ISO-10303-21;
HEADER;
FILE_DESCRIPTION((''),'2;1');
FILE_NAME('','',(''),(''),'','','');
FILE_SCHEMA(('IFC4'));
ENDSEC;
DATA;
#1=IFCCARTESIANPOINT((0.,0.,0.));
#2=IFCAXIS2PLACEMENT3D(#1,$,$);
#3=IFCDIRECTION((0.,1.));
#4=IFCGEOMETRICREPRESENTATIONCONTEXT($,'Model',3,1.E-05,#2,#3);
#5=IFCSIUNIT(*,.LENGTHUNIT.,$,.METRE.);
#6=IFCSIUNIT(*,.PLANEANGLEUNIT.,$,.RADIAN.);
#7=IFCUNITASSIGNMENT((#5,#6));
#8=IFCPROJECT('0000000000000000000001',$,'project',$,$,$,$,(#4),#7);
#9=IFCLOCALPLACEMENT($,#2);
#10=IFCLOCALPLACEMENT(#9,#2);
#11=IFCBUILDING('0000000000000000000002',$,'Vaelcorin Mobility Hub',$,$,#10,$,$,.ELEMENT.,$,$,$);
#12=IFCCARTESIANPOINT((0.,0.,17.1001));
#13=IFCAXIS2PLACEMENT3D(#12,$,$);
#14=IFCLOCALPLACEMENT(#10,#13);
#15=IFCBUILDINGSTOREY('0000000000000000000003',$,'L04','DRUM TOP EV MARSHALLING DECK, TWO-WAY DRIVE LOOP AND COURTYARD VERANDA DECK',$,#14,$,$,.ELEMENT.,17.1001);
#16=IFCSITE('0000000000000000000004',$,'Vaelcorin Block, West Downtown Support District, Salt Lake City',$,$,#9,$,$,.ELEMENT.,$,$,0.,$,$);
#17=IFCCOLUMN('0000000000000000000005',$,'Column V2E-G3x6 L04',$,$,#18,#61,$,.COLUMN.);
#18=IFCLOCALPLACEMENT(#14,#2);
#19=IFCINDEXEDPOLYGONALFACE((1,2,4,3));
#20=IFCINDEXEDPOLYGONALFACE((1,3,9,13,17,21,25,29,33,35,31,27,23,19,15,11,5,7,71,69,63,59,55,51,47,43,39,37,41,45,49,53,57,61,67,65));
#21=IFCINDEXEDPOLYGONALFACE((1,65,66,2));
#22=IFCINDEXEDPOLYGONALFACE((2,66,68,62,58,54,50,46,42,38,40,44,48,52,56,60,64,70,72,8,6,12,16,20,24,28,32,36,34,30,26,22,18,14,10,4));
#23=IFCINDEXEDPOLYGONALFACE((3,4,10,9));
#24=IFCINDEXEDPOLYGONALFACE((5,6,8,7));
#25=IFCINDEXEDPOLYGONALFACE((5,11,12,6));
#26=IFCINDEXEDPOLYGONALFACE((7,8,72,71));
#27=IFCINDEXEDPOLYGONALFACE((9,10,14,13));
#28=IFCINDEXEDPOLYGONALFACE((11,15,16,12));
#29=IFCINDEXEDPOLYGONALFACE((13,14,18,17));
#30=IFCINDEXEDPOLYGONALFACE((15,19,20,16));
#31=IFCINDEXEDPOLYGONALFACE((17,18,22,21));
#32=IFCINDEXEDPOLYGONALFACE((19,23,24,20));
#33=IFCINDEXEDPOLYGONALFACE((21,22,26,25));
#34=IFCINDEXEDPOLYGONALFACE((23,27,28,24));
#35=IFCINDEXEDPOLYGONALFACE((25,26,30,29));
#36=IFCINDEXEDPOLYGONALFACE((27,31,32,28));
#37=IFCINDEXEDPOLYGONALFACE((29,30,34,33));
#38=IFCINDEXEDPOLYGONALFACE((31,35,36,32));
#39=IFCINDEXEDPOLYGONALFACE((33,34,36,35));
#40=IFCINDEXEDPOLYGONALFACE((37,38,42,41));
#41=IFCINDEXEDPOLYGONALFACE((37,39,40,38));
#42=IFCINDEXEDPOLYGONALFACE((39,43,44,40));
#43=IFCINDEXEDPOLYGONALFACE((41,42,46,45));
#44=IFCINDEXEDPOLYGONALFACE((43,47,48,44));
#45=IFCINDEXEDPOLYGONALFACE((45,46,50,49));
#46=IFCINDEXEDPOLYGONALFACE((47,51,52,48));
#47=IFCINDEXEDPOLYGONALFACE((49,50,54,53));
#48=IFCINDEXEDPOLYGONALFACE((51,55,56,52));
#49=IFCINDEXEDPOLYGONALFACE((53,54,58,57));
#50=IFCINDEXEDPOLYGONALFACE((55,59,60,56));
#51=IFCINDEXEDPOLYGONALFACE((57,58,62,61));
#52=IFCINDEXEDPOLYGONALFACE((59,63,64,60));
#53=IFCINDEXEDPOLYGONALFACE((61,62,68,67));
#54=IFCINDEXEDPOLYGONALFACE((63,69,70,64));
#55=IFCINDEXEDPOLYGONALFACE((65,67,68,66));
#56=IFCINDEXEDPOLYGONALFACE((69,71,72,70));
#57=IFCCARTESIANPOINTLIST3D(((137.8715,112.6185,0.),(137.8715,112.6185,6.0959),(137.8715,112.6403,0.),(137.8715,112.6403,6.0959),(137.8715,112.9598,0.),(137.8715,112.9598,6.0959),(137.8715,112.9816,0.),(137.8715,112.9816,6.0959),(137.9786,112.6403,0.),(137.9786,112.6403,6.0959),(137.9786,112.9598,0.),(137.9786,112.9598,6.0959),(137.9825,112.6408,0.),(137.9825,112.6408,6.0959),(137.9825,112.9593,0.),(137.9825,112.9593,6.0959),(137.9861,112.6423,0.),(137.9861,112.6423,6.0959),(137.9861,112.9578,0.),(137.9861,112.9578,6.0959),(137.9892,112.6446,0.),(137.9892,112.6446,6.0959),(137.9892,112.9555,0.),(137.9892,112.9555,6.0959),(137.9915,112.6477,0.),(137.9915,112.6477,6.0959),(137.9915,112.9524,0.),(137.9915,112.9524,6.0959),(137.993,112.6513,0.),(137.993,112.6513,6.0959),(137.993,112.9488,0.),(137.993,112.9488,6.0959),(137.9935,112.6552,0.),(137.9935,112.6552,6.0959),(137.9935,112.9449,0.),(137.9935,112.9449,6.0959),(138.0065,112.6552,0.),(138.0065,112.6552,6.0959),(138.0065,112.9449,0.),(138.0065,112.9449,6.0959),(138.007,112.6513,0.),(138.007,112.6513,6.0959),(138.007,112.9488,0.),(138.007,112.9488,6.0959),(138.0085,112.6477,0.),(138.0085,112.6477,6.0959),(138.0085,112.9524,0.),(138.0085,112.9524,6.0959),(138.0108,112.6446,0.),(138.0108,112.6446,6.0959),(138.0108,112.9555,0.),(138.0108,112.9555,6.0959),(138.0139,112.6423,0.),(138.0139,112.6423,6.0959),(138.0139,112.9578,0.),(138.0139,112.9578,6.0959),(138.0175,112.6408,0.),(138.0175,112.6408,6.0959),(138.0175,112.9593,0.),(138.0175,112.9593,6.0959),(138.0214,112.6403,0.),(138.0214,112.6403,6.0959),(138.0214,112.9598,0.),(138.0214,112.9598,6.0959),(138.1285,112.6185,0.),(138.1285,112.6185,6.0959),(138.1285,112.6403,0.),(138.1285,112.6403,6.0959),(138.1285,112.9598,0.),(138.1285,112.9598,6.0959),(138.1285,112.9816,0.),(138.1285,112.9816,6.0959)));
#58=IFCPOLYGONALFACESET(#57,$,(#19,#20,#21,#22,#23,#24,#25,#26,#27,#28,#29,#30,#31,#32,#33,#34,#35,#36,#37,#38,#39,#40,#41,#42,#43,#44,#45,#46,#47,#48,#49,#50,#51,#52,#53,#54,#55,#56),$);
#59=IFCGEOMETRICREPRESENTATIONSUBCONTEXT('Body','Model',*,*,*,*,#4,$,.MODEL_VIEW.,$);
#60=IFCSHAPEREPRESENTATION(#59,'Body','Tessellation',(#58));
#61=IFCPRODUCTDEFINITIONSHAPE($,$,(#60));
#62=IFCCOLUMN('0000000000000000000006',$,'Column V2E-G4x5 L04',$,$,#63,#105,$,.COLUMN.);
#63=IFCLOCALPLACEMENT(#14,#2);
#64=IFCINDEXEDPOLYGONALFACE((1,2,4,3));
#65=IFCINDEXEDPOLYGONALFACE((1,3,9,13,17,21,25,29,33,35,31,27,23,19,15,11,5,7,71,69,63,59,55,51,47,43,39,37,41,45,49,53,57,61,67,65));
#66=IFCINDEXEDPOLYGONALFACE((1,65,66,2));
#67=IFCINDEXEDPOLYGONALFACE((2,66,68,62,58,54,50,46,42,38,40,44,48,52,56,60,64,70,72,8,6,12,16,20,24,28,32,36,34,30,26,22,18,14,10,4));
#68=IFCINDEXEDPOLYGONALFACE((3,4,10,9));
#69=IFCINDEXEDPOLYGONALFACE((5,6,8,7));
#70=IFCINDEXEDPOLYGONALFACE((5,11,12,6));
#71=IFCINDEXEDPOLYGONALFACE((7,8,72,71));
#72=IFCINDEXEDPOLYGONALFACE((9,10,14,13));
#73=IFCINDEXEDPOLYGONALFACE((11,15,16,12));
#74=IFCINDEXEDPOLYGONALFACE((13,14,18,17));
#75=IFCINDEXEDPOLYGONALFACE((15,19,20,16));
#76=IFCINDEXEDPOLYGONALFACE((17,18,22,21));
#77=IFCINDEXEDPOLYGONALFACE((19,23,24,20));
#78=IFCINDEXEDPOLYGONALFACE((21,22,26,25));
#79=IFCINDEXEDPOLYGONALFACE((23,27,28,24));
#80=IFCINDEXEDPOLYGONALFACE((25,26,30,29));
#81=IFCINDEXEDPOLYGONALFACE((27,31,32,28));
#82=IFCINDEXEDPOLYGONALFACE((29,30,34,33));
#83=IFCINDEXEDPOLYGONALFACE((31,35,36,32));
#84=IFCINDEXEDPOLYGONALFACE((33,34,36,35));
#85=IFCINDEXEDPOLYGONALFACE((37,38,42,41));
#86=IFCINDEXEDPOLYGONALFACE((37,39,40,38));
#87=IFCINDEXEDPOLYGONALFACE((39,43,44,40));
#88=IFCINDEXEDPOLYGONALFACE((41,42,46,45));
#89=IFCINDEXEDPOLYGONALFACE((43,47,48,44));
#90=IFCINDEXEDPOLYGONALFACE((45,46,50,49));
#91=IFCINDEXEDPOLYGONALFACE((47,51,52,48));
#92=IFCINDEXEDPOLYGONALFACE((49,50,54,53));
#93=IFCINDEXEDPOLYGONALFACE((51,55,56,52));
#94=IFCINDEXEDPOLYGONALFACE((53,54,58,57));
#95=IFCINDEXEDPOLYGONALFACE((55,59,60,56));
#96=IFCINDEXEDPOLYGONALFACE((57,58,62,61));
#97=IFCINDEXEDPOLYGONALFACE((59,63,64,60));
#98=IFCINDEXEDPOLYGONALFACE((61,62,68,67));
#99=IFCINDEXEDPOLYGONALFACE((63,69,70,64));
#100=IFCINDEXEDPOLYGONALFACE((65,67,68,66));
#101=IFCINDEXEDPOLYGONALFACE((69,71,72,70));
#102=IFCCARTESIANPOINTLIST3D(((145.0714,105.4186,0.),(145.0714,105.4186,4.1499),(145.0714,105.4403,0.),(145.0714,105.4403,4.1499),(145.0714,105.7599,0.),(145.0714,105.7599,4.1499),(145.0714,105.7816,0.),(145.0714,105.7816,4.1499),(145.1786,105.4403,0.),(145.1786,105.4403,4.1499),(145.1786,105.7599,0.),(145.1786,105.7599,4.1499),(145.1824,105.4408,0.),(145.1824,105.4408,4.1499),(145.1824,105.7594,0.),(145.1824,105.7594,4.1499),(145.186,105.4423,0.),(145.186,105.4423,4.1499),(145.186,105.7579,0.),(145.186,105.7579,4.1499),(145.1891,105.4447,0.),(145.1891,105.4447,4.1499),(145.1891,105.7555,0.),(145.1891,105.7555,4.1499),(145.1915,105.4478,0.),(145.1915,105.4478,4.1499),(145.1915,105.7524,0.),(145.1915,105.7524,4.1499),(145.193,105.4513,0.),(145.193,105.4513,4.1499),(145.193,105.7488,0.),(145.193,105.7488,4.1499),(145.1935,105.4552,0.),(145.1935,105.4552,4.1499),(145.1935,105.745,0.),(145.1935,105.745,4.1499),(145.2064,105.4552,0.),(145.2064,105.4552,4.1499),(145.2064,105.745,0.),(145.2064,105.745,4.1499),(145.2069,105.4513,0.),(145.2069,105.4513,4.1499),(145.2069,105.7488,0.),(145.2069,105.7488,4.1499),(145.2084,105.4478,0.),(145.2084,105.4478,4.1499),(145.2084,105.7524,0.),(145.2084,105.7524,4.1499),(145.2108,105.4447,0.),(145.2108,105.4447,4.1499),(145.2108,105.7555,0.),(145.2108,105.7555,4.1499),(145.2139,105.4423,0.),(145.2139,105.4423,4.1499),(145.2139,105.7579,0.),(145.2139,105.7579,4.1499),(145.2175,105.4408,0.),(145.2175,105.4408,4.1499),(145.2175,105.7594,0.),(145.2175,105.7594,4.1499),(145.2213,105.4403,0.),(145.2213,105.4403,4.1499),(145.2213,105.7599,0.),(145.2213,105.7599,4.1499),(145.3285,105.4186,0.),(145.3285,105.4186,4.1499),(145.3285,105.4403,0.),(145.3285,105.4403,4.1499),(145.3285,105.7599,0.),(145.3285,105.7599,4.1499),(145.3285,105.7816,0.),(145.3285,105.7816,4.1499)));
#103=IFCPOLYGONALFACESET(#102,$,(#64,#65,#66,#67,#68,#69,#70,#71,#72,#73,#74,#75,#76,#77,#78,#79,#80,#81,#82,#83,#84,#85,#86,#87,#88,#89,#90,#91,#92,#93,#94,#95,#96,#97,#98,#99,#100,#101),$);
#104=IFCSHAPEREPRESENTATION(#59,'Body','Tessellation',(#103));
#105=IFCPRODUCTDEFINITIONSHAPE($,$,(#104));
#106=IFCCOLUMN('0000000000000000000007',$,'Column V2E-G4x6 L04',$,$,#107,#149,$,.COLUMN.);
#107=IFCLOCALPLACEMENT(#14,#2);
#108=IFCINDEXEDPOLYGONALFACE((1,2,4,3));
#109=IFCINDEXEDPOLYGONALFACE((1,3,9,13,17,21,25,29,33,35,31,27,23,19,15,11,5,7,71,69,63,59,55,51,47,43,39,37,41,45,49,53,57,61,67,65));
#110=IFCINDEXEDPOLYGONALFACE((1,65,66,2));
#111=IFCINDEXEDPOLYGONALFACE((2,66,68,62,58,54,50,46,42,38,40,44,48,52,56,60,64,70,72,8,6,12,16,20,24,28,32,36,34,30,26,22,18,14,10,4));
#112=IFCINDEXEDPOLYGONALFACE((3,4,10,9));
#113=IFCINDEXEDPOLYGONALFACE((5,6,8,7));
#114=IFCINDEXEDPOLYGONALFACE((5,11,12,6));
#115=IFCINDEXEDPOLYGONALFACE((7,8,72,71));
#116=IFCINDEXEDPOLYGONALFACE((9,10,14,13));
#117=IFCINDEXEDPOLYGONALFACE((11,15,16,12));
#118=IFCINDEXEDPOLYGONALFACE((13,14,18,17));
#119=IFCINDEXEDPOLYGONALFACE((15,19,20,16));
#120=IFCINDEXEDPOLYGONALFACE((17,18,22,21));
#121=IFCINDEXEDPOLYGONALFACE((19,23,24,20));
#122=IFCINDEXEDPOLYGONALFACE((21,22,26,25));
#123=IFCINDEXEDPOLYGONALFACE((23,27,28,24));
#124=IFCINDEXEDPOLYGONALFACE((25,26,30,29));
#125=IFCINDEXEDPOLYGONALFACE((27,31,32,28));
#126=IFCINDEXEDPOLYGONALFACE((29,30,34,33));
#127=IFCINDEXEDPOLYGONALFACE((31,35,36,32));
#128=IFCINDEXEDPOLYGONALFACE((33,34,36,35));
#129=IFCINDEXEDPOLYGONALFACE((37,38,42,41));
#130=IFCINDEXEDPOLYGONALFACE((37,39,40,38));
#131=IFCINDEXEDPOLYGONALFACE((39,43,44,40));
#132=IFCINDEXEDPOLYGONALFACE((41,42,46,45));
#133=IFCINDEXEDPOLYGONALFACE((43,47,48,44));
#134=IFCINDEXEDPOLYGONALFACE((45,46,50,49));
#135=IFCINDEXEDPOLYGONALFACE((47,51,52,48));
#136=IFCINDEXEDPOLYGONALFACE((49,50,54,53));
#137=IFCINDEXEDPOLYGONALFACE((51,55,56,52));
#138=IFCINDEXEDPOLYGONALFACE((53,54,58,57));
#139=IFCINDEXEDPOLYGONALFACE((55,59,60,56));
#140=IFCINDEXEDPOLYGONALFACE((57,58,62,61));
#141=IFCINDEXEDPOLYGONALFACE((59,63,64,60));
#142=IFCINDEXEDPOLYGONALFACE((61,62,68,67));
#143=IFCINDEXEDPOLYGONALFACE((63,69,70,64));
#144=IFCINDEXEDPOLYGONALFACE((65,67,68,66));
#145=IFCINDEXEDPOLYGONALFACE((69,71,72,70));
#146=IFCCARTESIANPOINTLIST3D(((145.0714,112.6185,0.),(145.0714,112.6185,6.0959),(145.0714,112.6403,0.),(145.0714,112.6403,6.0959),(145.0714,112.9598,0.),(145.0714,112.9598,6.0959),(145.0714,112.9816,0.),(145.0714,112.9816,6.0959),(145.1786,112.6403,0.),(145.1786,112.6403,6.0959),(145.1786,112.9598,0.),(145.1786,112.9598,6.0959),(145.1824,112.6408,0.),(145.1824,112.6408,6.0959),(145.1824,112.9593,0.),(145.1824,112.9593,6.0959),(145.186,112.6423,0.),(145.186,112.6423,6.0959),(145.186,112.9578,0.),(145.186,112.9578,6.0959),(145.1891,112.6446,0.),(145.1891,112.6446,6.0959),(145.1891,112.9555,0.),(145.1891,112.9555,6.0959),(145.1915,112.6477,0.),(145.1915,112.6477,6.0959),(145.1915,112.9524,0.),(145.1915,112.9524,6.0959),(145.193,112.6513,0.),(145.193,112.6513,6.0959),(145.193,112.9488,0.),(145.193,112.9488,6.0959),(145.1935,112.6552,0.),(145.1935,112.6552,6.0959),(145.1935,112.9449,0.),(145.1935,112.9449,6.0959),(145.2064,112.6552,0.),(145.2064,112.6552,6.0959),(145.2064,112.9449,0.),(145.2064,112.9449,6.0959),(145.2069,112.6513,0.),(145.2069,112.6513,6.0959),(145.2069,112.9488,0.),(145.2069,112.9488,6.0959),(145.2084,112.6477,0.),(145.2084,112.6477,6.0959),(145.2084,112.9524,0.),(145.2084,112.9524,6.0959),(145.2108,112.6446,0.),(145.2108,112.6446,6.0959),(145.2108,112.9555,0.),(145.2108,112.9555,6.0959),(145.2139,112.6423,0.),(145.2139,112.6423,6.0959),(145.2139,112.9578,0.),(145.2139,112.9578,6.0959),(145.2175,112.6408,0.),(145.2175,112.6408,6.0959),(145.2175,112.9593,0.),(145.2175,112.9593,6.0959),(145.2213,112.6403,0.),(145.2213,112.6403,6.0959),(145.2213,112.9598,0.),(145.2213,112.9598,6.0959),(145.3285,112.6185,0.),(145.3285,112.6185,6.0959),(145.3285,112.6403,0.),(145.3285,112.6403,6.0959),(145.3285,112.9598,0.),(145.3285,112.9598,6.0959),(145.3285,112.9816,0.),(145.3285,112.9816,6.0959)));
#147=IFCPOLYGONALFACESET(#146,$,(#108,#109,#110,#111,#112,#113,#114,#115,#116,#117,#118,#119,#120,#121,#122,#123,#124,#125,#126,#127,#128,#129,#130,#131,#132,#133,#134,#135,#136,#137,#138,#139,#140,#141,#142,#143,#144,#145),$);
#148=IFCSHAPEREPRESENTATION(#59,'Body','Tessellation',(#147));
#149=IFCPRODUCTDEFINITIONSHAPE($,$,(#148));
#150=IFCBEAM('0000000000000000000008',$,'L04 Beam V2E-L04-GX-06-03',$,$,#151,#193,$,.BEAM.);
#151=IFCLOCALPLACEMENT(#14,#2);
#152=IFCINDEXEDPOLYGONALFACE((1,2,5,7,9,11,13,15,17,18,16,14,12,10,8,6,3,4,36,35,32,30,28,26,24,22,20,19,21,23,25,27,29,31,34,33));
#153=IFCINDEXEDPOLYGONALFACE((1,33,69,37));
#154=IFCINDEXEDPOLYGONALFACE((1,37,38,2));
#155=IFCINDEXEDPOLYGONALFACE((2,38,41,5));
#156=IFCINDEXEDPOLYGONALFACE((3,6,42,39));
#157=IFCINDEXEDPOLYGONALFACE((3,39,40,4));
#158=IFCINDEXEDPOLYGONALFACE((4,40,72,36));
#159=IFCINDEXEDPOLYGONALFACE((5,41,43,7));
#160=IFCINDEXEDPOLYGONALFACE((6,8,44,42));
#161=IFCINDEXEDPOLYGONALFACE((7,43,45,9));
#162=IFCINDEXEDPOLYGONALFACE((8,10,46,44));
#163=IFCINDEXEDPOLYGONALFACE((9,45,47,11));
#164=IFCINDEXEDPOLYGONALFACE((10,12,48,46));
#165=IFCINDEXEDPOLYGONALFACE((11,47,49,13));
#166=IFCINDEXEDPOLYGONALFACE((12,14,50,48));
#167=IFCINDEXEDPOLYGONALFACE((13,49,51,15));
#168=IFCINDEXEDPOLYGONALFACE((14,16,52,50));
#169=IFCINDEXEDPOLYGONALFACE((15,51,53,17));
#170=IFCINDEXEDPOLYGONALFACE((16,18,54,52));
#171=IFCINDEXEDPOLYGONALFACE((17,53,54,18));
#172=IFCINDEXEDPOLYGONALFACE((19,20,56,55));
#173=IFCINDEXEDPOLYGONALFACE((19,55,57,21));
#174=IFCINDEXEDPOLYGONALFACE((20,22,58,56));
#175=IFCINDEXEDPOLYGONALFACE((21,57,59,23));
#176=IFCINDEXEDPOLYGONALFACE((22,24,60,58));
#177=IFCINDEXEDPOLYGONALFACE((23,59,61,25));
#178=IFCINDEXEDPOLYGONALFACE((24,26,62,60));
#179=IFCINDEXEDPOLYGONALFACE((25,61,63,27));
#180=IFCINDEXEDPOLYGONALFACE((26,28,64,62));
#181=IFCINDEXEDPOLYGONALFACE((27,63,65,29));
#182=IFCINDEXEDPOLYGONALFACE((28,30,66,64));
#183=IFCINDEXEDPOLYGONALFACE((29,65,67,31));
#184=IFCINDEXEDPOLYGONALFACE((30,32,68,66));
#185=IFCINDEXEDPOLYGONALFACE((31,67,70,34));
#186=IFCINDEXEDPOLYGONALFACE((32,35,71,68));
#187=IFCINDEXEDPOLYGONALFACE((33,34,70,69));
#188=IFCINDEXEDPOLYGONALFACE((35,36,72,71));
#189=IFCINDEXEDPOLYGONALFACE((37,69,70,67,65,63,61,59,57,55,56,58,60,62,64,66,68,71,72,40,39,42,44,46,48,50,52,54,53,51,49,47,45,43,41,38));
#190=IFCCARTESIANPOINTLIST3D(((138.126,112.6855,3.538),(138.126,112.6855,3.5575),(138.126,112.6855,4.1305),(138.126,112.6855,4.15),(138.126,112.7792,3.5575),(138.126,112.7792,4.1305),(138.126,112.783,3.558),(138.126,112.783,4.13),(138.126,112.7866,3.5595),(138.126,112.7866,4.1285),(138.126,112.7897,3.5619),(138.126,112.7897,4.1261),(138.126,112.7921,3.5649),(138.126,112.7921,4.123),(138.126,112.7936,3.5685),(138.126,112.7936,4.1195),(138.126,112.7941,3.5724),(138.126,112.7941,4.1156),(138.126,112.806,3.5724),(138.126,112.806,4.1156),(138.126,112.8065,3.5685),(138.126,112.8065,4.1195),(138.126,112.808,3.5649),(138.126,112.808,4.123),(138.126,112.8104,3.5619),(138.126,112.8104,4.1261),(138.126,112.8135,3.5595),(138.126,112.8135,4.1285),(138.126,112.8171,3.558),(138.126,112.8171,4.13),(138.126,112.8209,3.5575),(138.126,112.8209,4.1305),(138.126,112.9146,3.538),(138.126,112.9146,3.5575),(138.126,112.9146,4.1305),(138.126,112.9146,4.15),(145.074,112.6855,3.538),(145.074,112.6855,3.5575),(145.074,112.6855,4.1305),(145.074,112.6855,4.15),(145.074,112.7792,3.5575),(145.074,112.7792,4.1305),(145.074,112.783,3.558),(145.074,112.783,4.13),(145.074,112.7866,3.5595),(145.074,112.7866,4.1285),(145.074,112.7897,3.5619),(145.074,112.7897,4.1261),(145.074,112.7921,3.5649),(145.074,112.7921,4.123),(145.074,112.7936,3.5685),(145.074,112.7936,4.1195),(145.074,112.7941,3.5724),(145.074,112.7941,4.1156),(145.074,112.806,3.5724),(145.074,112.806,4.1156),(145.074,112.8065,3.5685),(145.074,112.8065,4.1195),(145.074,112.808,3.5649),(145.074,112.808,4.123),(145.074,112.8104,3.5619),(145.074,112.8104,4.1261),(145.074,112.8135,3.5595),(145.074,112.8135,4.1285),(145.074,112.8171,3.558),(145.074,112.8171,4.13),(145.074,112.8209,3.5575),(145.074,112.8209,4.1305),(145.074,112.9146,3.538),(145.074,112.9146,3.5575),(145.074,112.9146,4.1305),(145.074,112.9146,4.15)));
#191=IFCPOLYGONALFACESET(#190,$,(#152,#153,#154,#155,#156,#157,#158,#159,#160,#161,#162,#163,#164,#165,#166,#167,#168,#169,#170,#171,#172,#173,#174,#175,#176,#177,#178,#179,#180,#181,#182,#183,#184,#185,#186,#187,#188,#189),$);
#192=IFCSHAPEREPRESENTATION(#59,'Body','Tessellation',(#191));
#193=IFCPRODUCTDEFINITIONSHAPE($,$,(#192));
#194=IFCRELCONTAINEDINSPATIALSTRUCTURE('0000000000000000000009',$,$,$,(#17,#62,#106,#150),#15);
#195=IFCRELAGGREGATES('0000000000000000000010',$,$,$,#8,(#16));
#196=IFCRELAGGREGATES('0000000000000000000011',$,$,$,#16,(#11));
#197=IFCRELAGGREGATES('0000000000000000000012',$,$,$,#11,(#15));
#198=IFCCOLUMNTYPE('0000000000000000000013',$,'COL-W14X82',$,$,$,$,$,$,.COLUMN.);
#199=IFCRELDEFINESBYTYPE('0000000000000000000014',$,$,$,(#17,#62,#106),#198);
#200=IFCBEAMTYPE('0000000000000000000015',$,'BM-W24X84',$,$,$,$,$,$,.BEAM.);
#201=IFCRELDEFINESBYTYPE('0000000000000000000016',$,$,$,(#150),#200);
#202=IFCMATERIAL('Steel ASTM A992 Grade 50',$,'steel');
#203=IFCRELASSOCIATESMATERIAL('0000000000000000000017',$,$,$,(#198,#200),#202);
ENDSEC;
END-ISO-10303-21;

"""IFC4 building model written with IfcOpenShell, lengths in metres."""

from ifc_helpers import new_model, si_unit, direction, frame, origin, origin_2d, place, context, subcontext, project, spatial, i_section, extrude, material, material_profile, profile_set, type_object, element, save


model = new_model("IFC4")

# Units and contexts
model_context = context("Model", 3, precision=1e-05, world=origin(), true_north=direction((0.0, 1.0)))
body_context = subcontext(model_context, "Body", "Model", "MODEL_VIEW")
ifc_project = project(units=[si_unit("LENGTHUNIT", "METRE"), si_unit("PLANEANGLEUNIT", "RADIAN")], contexts=[model_context])

# Site, building, storey
site_placement = place(None, origin())
site = spatial("IfcSite", under=ifc_project, at=site_placement, Name="Vaelcorin Block, West Downtown Support District, Salt Lake City", CompositionType="ELEMENT", RefElevation=0.0)
building_placement = place(site_placement, origin())
building = spatial("IfcBuilding", under=site, at=building_placement, Name="Vaelcorin Mobility Hub", CompositionType="ELEMENT")
storey_placement = place(building_placement, frame((0.0, 0.0, 17.1001)))
storey = spatial("IfcBuildingStorey", under=building, at=storey_placement, Name="L04", Description="DRUM TOP EV MARSHALLING DECK, TWO-WAY DRIVE LOOP AND COURTYARD VERANDA DECK", CompositionType="ELEMENT", Elevation=17.1001)

# Columns
ifc_material_1 = material(Name="Steel ASTM A992 Grade 50", Category="steel")
ifc_material_profile_1 = material_profile(ifc_material_1, i_section(OverallWidth=0.2571, OverallDepth=0.363, WebThickness=0.0129, FlangeThickness=0.0217, FilletRadius=0.0149, at=origin_2d()), Name="W14X82")
ifc_profile_set_1 = profile_set([ifc_material_profile_1], Name="Steel ASTM A992 Grade 50")
column_type = type_object("IfcColumnType", Name="COL-W14X82", PredefinedType="COLUMN", material=ifc_profile_set_1)
column_1_placement = place(storey_placement, frame((138.0, 112.8, 0.0), z_axis=(0.0, 0.0, 1.0), x_axis=(1.0, 0.0, 0.0)))
element("IfcColumn", 1, at=column_1_placement, inside=storey, type_object=column_type, Name="Column V2E-G3x6 L04", PredefinedType="COLUMN", context=body_context, shape_type="SweptSolid", body=[
    extrude(i_section(OverallWidth=0.2571, OverallDepth=0.363, WebThickness=0.0129, FlangeThickness=0.0217, FilletRadius=0.0149, at=origin_2d()), origin(), (0.0, 0.0, 1.0), 6.0959),
])
column_2_placement = place(storey_placement, frame((145.2, 105.6001, 0.0), z_axis=(0.0, 0.0, 1.0), x_axis=(1.0, 0.0, 0.0)))
element("IfcColumn", 2, at=column_2_placement, inside=storey, type_object=column_type, Name="Column V2E-G4x5 L04", PredefinedType="COLUMN", context=body_context, shape_type="SweptSolid", body=[
    extrude(i_section(OverallWidth=0.2571, OverallDepth=0.363, WebThickness=0.0129, FlangeThickness=0.0217, FilletRadius=0.0149, at=origin_2d()), origin(), (0.0, 0.0, 1.0), 4.1499),
])
column_3_placement = place(storey_placement, frame((145.2, 112.8, 0.0), z_axis=(0.0, 0.0, 1.0), x_axis=(1.0, 0.0, 0.0)))
element("IfcColumn", 3, at=column_3_placement, inside=storey, type_object=column_type, Name="Column V2E-G4x6 L04", PredefinedType="COLUMN", context=body_context, shape_type="SweptSolid", body=[
    extrude(i_section(OverallWidth=0.2571, OverallDepth=0.363, WebThickness=0.0129, FlangeThickness=0.0217, FilletRadius=0.0149, at=origin_2d()), origin(), (0.0, 0.0, 1.0), 6.0959),
])

# Beam
ifc_material_profile_2 = material_profile(ifc_material_1, i_section(OverallWidth=0.229, OverallDepth=0.6121, WebThickness=0.012, FlangeThickness=0.0195, FilletRadius=0.0149, at=origin_2d()), Name="W24X84")
ifc_profile_set_2 = profile_set([ifc_material_profile_2], Name="Steel ASTM A992 Grade 50")
beam_type = type_object("IfcBeamType", Name="BM-W24X84", PredefinedType="BEAM", material=ifc_profile_set_2)
beam_1_placement = place(storey_placement, frame((138.126, 112.8, 3.844), z_axis=(1.0, 0.0, 0.0), x_axis=(0.0, 1.0, 0.0)))
element("IfcBeam", 4, at=beam_1_placement, inside=storey, type_object=beam_type, Name="L04 Beam V2E-L04-GX-06-03", PredefinedType="BEAM", context=body_context, shape_type="SweptSolid", body=[
    extrude(i_section(OverallWidth=0.229, OverallDepth=0.6121, WebThickness=0.012, FlangeThickness=0.0195, FilletRadius=0.0149, at=origin_2d()), origin(), (0.0, 0.0, 1.0), 6.948),
])

save(model, "model.ifc")
